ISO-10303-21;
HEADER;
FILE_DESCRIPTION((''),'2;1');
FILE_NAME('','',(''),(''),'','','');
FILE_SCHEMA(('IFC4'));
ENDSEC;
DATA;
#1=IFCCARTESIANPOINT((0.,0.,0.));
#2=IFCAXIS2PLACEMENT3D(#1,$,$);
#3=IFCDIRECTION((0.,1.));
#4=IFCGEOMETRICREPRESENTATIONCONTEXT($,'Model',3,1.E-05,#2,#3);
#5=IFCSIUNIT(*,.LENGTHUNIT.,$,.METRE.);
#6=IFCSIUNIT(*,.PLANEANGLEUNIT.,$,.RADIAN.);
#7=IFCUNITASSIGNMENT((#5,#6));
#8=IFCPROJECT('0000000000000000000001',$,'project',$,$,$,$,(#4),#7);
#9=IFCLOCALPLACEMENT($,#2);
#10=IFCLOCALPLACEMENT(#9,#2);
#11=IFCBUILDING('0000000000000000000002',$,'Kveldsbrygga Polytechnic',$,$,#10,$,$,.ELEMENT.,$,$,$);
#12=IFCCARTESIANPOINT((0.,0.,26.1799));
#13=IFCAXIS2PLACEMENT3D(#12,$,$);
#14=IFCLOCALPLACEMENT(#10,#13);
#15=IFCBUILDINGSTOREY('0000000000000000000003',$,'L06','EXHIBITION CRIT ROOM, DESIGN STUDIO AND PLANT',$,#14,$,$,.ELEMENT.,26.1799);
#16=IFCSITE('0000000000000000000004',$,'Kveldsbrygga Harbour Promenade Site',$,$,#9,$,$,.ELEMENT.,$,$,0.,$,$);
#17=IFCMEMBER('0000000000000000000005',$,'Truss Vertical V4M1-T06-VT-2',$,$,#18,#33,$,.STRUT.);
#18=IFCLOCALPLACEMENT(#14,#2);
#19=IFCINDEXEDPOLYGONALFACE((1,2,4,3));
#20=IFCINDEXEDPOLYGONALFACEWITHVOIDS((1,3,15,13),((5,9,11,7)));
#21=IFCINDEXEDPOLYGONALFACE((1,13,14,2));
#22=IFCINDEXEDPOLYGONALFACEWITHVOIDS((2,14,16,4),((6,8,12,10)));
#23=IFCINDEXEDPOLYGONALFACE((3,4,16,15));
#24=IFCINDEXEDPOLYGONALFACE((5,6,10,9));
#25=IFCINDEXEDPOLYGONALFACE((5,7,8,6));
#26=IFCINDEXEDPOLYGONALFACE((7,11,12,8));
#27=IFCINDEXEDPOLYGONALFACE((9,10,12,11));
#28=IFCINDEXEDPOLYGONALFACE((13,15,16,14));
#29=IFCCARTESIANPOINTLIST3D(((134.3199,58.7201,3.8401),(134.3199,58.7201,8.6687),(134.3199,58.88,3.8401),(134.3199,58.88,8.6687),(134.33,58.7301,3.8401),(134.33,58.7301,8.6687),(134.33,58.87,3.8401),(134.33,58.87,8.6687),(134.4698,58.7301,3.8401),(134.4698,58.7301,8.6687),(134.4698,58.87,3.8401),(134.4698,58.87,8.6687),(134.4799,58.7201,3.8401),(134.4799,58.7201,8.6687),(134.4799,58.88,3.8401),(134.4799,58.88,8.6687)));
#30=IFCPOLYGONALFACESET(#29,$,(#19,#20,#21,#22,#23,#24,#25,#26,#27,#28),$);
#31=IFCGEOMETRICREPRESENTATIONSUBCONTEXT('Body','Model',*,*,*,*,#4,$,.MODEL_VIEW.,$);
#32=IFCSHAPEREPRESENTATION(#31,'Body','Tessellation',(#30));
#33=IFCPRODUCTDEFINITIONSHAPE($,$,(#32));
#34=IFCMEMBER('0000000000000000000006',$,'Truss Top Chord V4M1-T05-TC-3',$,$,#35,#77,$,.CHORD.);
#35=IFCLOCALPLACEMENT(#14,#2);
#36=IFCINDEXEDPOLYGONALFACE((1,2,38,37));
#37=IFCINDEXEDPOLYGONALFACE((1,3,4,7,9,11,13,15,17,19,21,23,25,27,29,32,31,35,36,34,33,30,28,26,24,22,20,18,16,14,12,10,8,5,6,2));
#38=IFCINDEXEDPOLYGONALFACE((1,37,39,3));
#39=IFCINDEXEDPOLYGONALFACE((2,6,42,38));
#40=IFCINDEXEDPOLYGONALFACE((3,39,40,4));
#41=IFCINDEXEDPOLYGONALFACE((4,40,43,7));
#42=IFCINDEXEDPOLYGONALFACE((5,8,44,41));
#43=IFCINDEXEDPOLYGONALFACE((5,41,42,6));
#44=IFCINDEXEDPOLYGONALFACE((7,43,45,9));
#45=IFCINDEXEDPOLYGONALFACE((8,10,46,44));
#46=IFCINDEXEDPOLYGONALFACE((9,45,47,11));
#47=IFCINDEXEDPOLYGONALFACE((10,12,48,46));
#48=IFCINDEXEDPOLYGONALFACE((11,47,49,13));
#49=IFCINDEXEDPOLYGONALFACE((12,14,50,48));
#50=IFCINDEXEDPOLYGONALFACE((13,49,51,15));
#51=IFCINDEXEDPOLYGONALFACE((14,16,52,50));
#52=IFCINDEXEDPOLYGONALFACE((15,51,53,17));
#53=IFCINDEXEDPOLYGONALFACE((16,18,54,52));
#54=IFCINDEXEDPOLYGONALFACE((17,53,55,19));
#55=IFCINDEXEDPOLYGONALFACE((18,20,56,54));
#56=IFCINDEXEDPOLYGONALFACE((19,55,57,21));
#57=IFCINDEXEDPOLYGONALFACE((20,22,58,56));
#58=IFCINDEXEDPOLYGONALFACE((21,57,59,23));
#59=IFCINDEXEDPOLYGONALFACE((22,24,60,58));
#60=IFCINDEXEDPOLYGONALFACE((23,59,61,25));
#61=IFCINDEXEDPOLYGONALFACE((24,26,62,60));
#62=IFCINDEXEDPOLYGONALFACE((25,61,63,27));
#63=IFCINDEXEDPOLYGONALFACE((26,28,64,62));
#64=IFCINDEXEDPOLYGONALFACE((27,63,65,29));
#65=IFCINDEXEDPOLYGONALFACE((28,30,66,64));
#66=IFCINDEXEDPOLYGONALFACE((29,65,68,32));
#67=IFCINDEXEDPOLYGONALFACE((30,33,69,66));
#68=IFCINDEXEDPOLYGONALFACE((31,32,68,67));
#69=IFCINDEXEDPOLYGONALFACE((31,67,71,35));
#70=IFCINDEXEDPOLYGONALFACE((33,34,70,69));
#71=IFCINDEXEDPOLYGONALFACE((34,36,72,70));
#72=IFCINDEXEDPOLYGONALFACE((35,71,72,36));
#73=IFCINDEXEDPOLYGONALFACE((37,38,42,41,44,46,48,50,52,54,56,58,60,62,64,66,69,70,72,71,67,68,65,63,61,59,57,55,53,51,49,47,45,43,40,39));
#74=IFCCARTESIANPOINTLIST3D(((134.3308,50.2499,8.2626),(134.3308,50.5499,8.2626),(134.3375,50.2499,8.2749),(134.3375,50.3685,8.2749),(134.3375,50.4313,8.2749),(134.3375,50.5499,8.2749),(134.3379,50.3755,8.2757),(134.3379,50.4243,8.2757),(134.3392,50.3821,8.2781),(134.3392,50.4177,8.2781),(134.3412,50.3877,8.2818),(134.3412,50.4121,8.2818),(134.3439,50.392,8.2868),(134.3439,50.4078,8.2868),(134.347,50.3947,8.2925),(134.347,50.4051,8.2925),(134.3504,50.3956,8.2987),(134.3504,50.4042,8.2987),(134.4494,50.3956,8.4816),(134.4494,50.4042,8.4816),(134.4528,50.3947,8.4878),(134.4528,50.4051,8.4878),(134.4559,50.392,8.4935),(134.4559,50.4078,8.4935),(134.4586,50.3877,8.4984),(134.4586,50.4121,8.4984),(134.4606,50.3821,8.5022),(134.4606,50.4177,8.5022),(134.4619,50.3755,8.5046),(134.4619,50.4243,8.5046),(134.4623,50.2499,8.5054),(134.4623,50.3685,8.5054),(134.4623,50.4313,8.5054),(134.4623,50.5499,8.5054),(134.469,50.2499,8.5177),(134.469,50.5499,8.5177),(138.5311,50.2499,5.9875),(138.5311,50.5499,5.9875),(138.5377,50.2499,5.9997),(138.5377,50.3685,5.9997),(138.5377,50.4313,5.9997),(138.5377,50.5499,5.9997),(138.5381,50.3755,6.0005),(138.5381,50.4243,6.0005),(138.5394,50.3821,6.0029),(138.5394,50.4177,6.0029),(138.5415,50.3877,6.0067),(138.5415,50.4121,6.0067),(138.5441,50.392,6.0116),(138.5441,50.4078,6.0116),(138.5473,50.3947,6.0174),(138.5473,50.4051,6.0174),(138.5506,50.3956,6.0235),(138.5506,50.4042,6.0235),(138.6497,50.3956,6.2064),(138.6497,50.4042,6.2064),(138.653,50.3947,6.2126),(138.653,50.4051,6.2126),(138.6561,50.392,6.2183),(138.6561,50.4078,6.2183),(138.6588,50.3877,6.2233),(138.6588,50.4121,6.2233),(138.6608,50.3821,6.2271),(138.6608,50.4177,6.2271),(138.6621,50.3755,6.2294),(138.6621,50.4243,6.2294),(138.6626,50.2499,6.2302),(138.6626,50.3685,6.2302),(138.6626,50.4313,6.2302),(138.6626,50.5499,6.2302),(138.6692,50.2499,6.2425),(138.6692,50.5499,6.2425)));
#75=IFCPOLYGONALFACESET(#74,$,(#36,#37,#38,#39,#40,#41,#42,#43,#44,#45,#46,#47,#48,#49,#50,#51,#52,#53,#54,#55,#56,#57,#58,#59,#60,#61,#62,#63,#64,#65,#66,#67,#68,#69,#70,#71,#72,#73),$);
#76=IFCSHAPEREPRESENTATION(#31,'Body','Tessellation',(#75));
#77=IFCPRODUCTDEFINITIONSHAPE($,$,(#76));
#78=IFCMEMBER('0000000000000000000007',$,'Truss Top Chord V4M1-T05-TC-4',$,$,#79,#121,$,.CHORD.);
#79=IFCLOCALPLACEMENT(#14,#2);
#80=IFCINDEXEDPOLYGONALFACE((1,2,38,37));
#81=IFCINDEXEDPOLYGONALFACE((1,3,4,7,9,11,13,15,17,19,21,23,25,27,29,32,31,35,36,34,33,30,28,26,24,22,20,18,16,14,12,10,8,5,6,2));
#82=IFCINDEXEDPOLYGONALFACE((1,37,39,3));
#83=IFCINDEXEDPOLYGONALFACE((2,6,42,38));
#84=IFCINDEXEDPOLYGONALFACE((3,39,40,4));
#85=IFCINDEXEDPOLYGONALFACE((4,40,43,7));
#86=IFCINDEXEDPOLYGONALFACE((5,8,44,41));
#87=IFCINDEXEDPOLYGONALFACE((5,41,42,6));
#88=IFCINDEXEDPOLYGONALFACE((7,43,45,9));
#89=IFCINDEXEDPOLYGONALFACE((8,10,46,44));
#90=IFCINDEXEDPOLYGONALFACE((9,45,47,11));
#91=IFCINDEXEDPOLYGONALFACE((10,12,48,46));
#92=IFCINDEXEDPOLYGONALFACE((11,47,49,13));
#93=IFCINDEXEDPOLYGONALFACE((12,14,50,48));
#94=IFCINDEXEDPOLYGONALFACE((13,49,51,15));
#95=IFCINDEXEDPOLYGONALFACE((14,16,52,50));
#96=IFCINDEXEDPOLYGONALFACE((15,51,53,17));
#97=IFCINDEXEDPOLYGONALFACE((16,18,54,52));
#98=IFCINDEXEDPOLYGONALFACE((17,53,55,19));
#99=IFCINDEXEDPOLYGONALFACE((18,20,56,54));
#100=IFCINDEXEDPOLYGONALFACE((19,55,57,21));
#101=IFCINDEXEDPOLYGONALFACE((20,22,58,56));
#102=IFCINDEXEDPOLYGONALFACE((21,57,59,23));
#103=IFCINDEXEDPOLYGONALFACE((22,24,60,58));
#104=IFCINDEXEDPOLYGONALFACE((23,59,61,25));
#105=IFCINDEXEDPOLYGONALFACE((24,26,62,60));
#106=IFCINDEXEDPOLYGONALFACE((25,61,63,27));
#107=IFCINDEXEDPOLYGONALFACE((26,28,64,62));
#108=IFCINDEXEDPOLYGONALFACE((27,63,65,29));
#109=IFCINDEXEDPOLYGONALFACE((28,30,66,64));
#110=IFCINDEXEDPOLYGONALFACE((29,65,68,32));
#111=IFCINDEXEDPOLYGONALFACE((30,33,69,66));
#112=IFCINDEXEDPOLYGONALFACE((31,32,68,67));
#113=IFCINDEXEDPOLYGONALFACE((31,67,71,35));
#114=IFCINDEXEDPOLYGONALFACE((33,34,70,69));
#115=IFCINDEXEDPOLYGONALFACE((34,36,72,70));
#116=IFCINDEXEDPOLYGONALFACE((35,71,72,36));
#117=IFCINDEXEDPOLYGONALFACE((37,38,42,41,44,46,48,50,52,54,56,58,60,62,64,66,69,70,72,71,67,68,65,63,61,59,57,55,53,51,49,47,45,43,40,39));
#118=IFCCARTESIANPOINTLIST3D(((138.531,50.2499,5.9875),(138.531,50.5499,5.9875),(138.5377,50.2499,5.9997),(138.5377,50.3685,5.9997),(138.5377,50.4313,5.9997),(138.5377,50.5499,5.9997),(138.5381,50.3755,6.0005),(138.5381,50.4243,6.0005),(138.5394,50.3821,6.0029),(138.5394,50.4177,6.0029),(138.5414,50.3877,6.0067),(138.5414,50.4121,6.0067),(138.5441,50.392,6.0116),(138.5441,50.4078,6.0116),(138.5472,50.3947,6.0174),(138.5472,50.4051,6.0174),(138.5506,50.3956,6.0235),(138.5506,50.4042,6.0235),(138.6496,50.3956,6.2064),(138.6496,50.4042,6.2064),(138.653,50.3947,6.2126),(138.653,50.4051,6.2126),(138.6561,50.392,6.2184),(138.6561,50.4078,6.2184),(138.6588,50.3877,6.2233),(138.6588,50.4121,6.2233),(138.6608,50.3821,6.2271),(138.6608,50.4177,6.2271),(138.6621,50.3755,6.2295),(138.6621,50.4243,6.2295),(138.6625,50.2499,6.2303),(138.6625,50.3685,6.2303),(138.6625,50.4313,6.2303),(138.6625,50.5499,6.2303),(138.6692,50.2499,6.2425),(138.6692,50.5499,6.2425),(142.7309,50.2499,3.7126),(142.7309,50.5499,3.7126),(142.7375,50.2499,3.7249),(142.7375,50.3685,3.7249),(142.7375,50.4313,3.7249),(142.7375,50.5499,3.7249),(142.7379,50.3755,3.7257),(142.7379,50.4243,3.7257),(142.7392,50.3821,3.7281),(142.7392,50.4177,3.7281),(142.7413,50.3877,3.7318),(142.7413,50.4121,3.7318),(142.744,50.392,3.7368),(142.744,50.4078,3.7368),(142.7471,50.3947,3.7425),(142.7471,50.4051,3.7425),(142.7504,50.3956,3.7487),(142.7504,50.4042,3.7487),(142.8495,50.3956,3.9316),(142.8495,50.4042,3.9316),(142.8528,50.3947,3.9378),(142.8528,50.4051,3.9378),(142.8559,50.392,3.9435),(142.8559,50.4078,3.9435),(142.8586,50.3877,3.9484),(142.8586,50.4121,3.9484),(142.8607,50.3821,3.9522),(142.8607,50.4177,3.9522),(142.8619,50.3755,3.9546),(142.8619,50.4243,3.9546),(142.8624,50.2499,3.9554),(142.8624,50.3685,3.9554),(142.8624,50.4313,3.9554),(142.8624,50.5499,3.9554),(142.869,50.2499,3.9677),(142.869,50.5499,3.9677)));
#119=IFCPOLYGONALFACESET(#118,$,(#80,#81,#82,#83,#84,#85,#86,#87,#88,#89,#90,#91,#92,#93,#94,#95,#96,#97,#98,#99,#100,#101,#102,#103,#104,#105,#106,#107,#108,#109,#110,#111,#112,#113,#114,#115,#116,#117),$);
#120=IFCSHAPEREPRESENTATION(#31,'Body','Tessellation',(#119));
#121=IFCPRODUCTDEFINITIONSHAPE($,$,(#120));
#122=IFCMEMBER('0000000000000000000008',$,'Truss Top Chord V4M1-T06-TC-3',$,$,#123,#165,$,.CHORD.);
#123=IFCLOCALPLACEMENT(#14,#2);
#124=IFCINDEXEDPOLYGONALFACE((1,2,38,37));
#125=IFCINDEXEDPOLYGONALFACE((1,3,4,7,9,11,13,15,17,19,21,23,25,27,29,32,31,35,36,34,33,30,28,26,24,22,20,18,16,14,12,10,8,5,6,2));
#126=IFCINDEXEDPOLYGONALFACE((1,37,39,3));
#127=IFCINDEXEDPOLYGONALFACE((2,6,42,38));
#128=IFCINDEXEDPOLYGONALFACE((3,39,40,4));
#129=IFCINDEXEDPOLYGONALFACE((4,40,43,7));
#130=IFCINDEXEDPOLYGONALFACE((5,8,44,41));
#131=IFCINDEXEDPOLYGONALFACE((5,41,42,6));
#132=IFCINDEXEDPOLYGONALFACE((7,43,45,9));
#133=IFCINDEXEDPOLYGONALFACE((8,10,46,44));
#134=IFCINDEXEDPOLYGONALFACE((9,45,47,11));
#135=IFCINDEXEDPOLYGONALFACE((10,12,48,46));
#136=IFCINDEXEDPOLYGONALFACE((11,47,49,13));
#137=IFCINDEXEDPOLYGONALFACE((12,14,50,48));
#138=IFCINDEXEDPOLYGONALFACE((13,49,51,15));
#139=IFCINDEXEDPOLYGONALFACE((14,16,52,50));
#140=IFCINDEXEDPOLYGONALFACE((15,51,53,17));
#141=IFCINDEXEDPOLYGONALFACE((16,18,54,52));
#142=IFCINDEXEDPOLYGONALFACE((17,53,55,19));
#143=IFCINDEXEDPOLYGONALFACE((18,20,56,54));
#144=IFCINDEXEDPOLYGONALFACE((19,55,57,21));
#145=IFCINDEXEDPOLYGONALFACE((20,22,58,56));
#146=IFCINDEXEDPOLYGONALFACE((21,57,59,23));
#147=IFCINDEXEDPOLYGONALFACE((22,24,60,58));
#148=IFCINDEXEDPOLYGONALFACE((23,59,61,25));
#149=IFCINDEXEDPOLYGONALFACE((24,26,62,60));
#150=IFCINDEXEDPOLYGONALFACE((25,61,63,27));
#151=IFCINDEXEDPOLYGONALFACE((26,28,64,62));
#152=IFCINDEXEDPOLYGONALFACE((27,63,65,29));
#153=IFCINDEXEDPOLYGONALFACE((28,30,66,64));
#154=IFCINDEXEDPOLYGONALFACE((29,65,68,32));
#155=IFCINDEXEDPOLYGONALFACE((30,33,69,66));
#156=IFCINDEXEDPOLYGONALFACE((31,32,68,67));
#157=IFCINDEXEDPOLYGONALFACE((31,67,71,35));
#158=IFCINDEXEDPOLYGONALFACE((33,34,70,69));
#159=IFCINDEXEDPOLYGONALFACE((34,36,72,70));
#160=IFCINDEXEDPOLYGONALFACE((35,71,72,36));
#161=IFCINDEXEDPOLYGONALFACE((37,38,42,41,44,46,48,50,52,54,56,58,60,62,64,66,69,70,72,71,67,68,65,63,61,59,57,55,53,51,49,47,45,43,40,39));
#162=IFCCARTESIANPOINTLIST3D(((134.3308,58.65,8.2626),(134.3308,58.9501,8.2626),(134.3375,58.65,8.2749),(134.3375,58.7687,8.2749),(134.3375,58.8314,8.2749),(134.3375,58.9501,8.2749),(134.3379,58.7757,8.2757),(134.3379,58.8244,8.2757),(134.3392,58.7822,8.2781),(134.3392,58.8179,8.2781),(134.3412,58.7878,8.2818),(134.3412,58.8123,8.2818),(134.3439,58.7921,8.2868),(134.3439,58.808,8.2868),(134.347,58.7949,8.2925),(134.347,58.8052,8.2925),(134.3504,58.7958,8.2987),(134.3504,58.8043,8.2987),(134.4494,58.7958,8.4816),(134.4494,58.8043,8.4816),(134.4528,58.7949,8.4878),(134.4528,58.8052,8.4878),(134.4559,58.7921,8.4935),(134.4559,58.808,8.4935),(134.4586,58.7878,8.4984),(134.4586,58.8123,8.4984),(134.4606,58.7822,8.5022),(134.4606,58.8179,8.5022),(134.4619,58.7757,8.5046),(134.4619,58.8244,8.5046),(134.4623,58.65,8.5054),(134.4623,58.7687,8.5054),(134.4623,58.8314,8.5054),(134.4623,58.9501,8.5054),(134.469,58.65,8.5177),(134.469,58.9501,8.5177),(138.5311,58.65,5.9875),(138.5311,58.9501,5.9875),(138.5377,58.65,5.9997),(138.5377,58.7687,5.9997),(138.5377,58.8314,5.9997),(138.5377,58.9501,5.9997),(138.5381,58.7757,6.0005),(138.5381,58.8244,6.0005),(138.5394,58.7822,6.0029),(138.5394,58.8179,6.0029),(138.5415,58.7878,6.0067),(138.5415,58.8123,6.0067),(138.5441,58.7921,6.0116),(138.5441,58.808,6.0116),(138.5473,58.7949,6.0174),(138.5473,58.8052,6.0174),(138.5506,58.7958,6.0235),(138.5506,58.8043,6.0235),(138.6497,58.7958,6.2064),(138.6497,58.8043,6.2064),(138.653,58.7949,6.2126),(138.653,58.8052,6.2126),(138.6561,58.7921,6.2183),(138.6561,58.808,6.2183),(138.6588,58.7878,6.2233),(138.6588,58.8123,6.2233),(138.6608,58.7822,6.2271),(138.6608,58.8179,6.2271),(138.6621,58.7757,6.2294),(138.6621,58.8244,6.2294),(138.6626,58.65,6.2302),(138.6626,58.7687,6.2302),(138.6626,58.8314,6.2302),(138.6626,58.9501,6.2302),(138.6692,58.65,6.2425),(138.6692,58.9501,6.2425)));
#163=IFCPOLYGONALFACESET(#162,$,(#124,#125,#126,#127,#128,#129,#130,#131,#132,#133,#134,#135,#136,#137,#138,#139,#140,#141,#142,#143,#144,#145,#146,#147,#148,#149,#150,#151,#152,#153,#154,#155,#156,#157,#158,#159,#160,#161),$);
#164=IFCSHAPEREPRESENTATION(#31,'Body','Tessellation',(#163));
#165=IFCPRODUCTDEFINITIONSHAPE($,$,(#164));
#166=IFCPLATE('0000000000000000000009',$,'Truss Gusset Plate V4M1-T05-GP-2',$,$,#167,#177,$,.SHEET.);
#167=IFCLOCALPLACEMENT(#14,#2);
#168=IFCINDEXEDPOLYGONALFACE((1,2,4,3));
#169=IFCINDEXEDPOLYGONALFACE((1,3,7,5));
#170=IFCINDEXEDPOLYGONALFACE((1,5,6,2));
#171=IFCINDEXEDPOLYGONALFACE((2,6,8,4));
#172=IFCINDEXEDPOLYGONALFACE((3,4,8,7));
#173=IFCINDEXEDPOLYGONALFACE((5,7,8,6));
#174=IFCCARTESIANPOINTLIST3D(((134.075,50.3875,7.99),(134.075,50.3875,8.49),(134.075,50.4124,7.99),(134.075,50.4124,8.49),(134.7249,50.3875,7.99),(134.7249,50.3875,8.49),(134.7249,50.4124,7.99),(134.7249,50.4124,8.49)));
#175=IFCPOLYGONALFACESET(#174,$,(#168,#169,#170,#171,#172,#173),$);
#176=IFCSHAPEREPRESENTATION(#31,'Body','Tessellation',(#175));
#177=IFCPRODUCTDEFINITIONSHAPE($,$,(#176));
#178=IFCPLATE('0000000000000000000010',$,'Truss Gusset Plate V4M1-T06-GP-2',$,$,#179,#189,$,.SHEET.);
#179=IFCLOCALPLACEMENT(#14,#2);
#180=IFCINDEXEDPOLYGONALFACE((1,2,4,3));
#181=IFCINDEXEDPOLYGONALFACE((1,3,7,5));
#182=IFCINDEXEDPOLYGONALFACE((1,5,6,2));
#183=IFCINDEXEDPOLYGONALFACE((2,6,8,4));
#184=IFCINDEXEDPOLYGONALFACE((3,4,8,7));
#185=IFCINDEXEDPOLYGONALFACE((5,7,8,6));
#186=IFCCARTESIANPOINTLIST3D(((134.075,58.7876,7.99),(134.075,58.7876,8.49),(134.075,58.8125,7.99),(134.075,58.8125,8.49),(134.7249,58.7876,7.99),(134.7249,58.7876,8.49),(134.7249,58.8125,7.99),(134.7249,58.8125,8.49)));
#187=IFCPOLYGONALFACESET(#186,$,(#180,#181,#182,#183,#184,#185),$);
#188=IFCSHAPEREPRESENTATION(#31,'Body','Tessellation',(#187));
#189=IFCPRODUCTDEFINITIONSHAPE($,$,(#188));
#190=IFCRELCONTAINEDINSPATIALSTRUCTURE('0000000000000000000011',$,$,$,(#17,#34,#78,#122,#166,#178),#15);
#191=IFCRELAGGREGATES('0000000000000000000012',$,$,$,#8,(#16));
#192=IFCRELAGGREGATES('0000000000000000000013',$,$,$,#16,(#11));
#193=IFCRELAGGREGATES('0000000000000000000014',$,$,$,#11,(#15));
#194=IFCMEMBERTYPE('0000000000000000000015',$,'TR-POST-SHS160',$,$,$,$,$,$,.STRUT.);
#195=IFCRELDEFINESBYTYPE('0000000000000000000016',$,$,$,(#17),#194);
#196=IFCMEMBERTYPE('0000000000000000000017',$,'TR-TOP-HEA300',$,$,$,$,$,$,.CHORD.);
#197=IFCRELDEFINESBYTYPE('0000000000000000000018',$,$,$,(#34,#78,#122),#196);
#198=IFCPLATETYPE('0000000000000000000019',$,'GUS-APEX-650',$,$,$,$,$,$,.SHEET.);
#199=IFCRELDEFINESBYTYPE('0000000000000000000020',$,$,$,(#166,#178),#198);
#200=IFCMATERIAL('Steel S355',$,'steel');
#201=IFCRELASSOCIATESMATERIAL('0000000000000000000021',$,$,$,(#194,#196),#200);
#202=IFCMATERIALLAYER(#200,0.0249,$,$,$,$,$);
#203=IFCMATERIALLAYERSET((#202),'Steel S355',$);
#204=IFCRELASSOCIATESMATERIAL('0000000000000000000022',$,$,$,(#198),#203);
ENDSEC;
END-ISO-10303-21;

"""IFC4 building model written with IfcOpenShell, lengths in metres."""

from ifc_helpers import new_model, si_unit, direction, frame, origin, origin_2d, place, context, subcontext, project, spatial, rectangle, hollow_rectangle, i_section, extrude, material, layer, layer_set, material_profile, profile_set, type_object, element, save


model = new_model("IFC4")

# Units and contexts
model_context = context("Model", 3, precision=1e-05, world=origin(), true_north=direction((0.0, 1.0)))
body_context = subcontext(model_context, "Body", "Model", "MODEL_VIEW")
ifc_project = project(units=[si_unit("LENGTHUNIT", "METRE"), si_unit("PLANEANGLEUNIT", "RADIAN")], contexts=[model_context])

# Site, building, storey
site_placement = place(None, origin())
site = spatial("IfcSite", under=ifc_project, at=site_placement, Name="Kveldsbrygga Harbour Promenade Site", CompositionType="ELEMENT", RefElevation=0.0)
building_placement = place(site_placement, origin())
building = spatial("IfcBuilding", under=site, at=building_placement, Name="Kveldsbrygga Polytechnic", CompositionType="ELEMENT")
storey_placement = place(building_placement, frame((0.0, 0.0, 26.1799)))
storey = spatial("IfcBuildingStorey", under=building, at=storey_placement, Name="L06", Description="EXHIBITION CRIT ROOM, DESIGN STUDIO AND PLANT", CompositionType="ELEMENT", Elevation=26.1799)

# Shared definitions
ifc_material_1 = material(Name="Steel S355", Category="steel")

# Members
ifc_material_profile_1 = material_profile(ifc_material_1, hollow_rectangle(XDim=0.1599, YDim=0.1599, WallThickness=0.01, at=origin_2d()), Name="SHS 160x160x10.0")
ifc_profile_set_1 = profile_set([ifc_material_profile_1], Name="Steel S355")
member_type_1 = type_object("IfcMemberType", Name="TR-POST-SHS160", PredefinedType="STRUT", material=ifc_profile_set_1)
member_1_placement = place(storey_placement, frame((134.3999, 58.8, 3.8401), z_axis=(0.0, 0.0, 1.0), x_axis=(1.0, 0.0, 0.0)))
element("IfcMember", 1, at=member_1_placement, inside=storey, type_object=member_type_1, Name="Truss Vertical V4M1-T06-VT-2", PredefinedType="STRUT", context=body_context, shape_type="SweptSolid", body=[
    extrude(hollow_rectangle(XDim=0.1599, YDim=0.1599, WallThickness=0.01, at=origin_2d()), origin(), (0.0, 0.0, 1.0), 4.8286),
])
ifc_material_profile_2 = material_profile(ifc_material_1, i_section(OverallWidth=0.3, OverallDepth=0.29, WebThickness=0.0085, FlangeThickness=0.0139, FilletRadius=0.0271, at=origin_2d()), Name="HEA 300")
ifc_profile_set_2 = profile_set([ifc_material_profile_2], Name="Steel S355")
member_type_2 = type_object("IfcMemberType", Name="TR-TOP-HEA300", PredefinedType="CHORD", material=ifc_profile_set_2)
member_2_placement = place(storey_placement, frame((134.3999, 50.3999, 8.3901), z_axis=(0.879288, 0.0, -0.47629), x_axis=(0.0, 1.0, 0.0)))
element("IfcMember", 2, at=member_2_placement, inside=storey, type_object=member_type_2, Name="Truss Top Chord V4M1-T05-TC-3", PredefinedType="CHORD", context=body_context, shape_type="SweptSolid", body=[
    extrude(i_section(OverallWidth=0.3, OverallDepth=0.29, WebThickness=0.0085, FlangeThickness=0.0139, FilletRadius=0.0271, at=origin_2d()), origin(), (0.0, 0.0, 1.0), 4.7769),
])
member_3_placement = place(storey_placement, frame((138.6001, 50.3999, 6.115), z_axis=(0.879298, 0.0, -0.476272), x_axis=(0.0, 1.0, 0.0)))
element("IfcMember", 3, at=member_3_placement, inside=storey, type_object=member_type_2, Name="Truss Top Chord V4M1-T05-TC-4", PredefinedType="CHORD", context=body_context, shape_type="SweptSolid", body=[
    extrude(i_section(OverallWidth=0.3, OverallDepth=0.29, WebThickness=0.0085, FlangeThickness=0.0139, FilletRadius=0.0271, at=origin_2d()), origin(), (0.0, 0.0, 1.0), 4.7764),
])
member_4_placement = place(storey_placement, frame((134.3999, 58.8, 8.3901), z_axis=(0.879288, 0.0, -0.47629), x_axis=(0.0, 1.0, 0.0)))
element("IfcMember", 4, at=member_4_placement, inside=storey, type_object=member_type_2, Name="Truss Top Chord V4M1-T06-TC-3", PredefinedType="CHORD", context=body_context, shape_type="SweptSolid", body=[
    extrude(i_section(OverallWidth=0.3, OverallDepth=0.29, WebThickness=0.0085, FlangeThickness=0.0139, FilletRadius=0.0271, at=origin_2d()), origin(), (0.0, 0.0, 1.0), 4.7769),
])

# Plates
ifc_layer_1 = layer(ifc_material_1, 0.0249)
ifc_layer_set_1 = layer_set([ifc_layer_1], Name="Steel S355")
plate_type_1 = type_object("IfcPlateType", Name="GUS-APEX-650", PredefinedType="SHEET", material=ifc_layer_set_1)
for number, where, z_axis, x_axis, name in (
    (5, (134.3999, 50.3999, 7.99), (0.0, 0.0, 1.0), (1.0, 0.0, 0.0), "Truss Gusset Plate V4M1-T05-GP-2"),
    (6, (134.3999, 58.8, 7.99), (0.0, 0.0, 1.0), (1.0, 0.0, 0.0), "Truss Gusset Plate V4M1-T06-GP-2"),
):
    element("IfcPlate", number, at=place(storey_placement, frame(where, z_axis=z_axis, x_axis=x_axis)), inside=storey, type_object=plate_type_1, Name=name, PredefinedType="SHEET", context=body_context, shape_type="SweptSolid", body=[
        extrude(rectangle(XDim=0.6499, YDim=0.0249, at=origin_2d()), origin(), (0.0, 0.0, 1.0), 0.5),
    ])

save(model, "model.ifc")
